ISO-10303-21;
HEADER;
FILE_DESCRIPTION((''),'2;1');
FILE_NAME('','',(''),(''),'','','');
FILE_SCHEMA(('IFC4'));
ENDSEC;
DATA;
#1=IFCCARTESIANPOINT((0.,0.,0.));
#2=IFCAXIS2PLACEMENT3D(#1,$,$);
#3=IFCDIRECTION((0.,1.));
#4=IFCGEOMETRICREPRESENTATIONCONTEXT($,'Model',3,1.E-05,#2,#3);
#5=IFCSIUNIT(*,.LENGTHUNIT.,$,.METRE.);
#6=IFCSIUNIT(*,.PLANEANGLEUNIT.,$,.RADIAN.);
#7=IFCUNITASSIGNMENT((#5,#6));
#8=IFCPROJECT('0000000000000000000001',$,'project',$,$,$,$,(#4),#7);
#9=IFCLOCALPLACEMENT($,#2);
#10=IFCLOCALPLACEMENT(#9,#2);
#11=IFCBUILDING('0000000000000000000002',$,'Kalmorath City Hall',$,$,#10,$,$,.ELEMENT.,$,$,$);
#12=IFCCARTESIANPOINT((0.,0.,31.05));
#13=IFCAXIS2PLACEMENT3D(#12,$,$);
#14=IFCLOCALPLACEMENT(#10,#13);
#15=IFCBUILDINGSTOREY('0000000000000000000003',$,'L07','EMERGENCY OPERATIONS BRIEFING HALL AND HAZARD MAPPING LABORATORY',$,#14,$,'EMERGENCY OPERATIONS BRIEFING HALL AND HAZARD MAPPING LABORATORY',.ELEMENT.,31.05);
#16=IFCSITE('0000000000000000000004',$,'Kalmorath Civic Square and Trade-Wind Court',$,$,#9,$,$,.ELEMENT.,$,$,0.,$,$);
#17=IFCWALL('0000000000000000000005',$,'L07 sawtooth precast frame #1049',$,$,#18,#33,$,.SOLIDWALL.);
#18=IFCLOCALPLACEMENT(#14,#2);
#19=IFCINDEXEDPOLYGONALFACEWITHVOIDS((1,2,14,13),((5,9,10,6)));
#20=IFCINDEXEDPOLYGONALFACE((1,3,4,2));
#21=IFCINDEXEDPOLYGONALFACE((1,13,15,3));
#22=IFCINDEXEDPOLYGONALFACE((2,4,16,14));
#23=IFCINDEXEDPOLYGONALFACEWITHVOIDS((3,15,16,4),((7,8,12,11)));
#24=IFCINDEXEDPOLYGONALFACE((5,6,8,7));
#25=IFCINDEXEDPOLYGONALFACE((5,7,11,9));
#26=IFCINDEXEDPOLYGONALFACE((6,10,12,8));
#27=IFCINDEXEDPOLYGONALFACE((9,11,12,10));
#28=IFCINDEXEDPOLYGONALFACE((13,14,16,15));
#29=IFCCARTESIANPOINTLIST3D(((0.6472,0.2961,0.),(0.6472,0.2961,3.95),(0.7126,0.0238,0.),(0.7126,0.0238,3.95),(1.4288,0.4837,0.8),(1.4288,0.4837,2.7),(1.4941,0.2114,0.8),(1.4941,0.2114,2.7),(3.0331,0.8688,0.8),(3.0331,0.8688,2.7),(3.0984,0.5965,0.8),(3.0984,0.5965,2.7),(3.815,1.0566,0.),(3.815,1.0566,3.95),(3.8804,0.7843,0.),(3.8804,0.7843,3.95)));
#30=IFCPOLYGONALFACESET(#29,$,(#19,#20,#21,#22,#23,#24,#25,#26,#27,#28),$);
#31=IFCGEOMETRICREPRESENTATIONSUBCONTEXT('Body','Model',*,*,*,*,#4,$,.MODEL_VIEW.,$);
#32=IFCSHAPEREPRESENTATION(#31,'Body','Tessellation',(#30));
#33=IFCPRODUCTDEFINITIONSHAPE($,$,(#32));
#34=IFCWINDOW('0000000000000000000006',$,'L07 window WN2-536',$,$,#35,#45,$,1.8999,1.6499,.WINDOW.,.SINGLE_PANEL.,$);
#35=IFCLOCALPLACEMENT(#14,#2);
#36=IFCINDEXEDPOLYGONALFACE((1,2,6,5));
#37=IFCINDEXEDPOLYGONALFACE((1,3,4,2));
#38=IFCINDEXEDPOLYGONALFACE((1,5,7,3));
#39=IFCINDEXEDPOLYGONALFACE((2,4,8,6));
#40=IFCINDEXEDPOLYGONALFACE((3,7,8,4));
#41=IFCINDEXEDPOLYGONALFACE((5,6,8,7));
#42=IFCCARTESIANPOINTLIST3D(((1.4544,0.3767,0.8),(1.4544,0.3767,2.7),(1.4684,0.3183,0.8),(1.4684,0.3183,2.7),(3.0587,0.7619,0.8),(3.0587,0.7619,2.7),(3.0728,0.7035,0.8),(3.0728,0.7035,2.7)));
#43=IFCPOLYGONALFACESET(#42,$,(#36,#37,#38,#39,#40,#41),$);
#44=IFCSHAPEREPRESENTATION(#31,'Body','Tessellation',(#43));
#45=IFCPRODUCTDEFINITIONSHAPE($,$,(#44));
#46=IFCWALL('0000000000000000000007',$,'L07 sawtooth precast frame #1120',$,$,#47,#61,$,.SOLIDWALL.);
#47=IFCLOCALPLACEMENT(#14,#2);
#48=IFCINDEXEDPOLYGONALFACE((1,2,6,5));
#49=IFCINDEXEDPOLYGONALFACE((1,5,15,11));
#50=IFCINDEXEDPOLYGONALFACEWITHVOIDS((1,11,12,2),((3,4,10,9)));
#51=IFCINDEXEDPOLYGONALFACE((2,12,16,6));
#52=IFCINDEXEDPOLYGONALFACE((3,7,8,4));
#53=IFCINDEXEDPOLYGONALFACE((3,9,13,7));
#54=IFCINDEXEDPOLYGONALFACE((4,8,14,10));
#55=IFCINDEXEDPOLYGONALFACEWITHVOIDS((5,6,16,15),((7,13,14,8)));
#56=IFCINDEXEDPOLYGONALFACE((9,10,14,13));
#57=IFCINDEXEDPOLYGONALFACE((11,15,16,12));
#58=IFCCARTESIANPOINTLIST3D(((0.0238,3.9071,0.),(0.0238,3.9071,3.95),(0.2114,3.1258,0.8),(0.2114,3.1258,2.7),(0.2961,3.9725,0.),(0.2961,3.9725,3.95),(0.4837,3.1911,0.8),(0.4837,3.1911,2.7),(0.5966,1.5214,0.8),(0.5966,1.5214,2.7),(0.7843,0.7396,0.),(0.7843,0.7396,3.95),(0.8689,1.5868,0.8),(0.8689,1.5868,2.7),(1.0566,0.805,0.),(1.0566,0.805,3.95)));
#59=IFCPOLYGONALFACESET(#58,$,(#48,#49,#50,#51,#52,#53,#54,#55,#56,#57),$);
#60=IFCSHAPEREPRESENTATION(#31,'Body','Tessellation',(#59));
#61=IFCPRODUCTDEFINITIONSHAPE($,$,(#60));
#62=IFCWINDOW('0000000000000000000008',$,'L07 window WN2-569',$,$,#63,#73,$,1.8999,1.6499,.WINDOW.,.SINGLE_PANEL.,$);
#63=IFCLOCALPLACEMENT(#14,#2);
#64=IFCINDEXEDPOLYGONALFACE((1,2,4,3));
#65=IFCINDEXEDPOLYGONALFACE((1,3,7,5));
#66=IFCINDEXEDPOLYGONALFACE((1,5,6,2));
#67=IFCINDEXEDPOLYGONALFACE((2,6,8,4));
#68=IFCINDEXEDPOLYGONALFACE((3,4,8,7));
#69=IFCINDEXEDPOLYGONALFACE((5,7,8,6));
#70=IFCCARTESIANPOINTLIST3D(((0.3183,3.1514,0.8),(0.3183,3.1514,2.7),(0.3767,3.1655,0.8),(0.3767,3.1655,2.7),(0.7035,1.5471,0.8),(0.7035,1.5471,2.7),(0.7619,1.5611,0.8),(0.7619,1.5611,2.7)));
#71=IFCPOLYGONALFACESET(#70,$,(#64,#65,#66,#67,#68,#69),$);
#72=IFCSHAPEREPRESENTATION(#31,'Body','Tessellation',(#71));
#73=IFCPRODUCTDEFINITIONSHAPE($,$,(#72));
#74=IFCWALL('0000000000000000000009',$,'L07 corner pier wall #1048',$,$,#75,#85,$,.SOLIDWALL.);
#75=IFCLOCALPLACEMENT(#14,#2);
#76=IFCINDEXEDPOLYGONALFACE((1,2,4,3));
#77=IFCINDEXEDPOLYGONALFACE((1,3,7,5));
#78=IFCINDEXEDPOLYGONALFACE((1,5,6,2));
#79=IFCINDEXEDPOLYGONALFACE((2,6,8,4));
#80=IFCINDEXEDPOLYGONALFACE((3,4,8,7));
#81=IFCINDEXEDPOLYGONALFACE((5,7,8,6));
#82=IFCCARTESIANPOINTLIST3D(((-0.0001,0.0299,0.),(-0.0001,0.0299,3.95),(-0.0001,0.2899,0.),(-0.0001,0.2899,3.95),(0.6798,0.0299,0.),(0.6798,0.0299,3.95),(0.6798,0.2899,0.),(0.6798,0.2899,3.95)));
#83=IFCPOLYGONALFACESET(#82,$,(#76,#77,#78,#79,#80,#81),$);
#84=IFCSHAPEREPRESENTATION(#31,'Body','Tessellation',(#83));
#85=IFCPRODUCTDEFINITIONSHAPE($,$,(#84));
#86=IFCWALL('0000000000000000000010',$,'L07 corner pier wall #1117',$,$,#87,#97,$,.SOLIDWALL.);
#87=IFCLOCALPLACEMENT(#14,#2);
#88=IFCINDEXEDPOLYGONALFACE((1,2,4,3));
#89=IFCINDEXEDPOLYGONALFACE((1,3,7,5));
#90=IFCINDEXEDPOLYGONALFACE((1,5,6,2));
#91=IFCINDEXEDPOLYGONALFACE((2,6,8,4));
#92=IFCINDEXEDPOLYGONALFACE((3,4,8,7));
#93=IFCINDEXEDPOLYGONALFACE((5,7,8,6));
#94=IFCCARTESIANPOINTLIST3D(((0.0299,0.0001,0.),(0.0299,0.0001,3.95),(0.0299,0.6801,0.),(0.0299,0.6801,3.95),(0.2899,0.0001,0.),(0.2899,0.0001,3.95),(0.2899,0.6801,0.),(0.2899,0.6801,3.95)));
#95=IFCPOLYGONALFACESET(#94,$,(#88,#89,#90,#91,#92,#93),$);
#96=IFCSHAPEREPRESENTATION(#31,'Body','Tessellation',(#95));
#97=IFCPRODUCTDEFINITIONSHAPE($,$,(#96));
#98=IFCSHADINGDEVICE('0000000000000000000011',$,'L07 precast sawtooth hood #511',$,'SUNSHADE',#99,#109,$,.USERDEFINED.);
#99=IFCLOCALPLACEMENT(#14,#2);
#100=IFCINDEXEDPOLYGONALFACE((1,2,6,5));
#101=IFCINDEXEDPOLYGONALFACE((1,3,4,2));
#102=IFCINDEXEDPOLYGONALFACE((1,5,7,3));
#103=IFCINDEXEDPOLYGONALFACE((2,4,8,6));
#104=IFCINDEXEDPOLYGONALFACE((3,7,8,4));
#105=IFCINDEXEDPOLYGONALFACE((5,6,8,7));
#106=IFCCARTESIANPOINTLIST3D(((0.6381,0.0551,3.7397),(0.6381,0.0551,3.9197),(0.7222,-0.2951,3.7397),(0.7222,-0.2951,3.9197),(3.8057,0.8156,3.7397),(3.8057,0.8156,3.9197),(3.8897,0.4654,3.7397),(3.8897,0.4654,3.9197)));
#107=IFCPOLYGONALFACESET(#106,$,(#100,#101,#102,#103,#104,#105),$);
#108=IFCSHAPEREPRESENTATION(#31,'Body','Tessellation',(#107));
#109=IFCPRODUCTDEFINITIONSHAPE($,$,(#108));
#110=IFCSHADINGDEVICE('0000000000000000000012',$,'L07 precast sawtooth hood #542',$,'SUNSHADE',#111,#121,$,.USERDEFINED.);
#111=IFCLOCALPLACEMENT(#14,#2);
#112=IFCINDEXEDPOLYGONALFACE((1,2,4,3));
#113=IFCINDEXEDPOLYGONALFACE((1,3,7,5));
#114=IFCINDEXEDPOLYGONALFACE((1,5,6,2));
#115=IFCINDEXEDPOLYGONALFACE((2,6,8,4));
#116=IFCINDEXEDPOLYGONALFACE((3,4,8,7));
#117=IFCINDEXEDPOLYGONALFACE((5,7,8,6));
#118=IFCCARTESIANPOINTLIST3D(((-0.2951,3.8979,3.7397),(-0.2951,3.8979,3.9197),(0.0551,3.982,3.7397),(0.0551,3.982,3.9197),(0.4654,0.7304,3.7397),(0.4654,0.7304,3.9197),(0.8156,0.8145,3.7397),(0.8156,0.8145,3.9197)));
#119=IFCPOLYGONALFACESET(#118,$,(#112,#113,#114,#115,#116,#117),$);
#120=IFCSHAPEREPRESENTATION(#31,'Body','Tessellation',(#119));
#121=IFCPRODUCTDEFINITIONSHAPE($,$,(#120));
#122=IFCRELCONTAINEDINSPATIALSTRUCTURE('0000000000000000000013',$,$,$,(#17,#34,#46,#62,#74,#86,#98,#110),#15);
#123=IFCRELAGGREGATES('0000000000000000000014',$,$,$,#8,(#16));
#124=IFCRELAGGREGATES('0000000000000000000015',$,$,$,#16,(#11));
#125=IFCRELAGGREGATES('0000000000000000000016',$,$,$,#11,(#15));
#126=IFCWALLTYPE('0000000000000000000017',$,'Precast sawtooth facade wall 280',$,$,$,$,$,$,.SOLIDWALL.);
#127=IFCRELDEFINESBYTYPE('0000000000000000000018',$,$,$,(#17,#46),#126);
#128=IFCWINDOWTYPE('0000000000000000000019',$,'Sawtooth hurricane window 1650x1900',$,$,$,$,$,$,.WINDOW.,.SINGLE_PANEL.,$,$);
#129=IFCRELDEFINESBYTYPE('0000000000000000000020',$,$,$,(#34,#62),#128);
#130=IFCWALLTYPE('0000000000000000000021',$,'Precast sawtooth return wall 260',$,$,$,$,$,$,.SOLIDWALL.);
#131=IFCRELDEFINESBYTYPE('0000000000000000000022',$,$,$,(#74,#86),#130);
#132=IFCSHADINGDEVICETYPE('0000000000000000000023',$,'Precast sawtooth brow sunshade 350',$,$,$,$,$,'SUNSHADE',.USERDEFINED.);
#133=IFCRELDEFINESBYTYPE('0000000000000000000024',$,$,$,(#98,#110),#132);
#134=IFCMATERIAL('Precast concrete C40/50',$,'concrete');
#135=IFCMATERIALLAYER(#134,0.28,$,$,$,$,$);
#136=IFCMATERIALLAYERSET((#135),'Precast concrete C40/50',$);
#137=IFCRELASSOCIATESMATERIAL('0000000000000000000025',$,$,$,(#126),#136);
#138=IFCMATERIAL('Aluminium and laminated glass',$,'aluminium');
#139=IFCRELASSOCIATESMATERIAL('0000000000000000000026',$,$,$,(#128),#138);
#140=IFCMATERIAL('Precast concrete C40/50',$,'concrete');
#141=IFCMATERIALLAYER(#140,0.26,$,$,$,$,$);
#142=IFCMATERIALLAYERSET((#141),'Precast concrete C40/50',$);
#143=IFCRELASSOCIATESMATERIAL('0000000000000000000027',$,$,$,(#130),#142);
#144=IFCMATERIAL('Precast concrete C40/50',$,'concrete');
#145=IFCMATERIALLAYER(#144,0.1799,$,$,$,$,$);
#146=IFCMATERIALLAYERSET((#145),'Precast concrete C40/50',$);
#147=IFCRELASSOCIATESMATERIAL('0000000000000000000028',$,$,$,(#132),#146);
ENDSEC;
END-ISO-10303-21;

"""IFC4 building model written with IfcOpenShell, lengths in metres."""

from ifc_helpers import new_model, si_unit, direction, frame, frame_2d, origin, origin_2d, place, context, subcontext, project, spatial, rectangle, extrude, material, layer, layer_set, type_object, element, fill, save


model = new_model("IFC4")

# Units and contexts
model_context = context("Model", 3, precision=1e-05, world=origin(), true_north=direction((0.0, 1.0)))
body_context = subcontext(model_context, "Body", "Model", "MODEL_VIEW")
ifc_project = project(units=[si_unit("LENGTHUNIT", "METRE"), si_unit("PLANEANGLEUNIT", "RADIAN")], contexts=[model_context])

# Site, building, storey
site_placement = place(None, origin())
site = spatial("IfcSite", under=ifc_project, at=site_placement, Name="Kalmorath Civic Square and Trade-Wind Court", CompositionType="ELEMENT", RefElevation=0.0)
building_placement = place(site_placement, origin())
building = spatial("IfcBuilding", under=site, at=building_placement, Name="Kalmorath City Hall", CompositionType="ELEMENT")
storey_placement = place(building_placement, frame((0.0, 0.0, 31.05)))
storey = spatial("IfcBuildingStorey", under=building, at=storey_placement, Name="L07", Description="EMERGENCY OPERATIONS BRIEFING HALL AND HAZARD MAPPING LABORATORY", LongName="EMERGENCY OPERATIONS BRIEFING HALL AND HAZARD MAPPING LABORATORY", CompositionType="ELEMENT", Elevation=31.05)

# Walls, openings, windows
ifc_material_1 = material(Name="Precast concrete C40/50", Category="concrete")
ifc_layer_1 = layer(ifc_material_1, 0.28)
ifc_layer_set_1 = layer_set([ifc_layer_1], Name="Precast concrete C40/50")
wall_type_1 = type_object("IfcWallType", Name="Precast sawtooth facade wall 280", PredefinedType="SOLIDWALL", material=ifc_layer_set_1)
wall_1_placement = place(storey_placement, frame((0.6799, 0.1599, 0.0), z_axis=(0.0, 0.0, 1.0), x_axis=(0.97237, 0.233444, 0.0)))
wall_1 = element("IfcWall", 1, at=wall_1_placement, inside=storey, type_object=wall_type_1, Name="L07 sawtooth precast frame #1049", PredefinedType="SOLIDWALL", context=body_context, shape_type="SweptSolid", body=[
    extrude(rectangle(XDim=3.2578, YDim=0.28, at=frame_2d((1.6289, 0.0))), origin(), (0.0, 0.0, 1.0), 3.95),
])
opening_1_placement = place(wall_1_placement, frame((0.8037, 0.0, 0.8)))
opening_1 = element("IfcOpeningElement", 2, at=opening_1_placement, cuts=wall_1, PredefinedType="OPENING", context=body_context, shape_type="SweptSolid", body=[
    extrude(rectangle(XDim=1.6499, YDim=1.8999, at=frame_2d((0.825, 0.95))), frame((0.0, 0.1499, 0.0), z_axis=(0.0, -1.0, 0.0), x_axis=(1.0, 0.0, 0.0)), (0.0, 0.0, 1.0), 0.3),
])
ifc_material_2 = material(Name="Aluminium and laminated glass", Category="aluminium")
window_type = type_object("IfcWindowType", Name="Sawtooth hurricane window 1650x1900", PartitioningType="SINGLE_PANEL", PredefinedType="WINDOW", material=ifc_material_2)
window_1_placement = place(opening_1_placement, origin())
window_1 = element("IfcWindow", 3, at=window_1_placement, inside=storey, type_object=window_type, Name="L07 window WN2-536", OverallHeight=1.8999, OverallWidth=1.6499, PartitioningType="SINGLE_PANEL", PredefinedType="WINDOW", context=body_context, shape_type="SweptSolid", body=[
    extrude(rectangle(XDim=1.6499, YDim=1.8999, at=frame_2d((0.825, 0.95))), frame((0.0, 0.03, 0.0), z_axis=(0.0, -1.0, 0.0), x_axis=(1.0, 0.0, 0.0)), (0.0, 0.0, 1.0), 0.0601),
])
fill(opening_1, window_1)
wall_2_placement = place(storey_placement, frame((0.1599, 3.9399, 0.0), z_axis=(0.0, 0.0, 1.0), x_axis=(0.233461, -0.972366, 0.0)))
wall_2 = element("IfcWall", 4, at=wall_2_placement, inside=storey, type_object=wall_type_1, Name="L07 sawtooth precast frame #1120", PredefinedType="SOLIDWALL", context=body_context, shape_type="SweptSolid", body=[
    extrude(rectangle(XDim=3.2576, YDim=0.28, at=frame_2d((1.6289, 0.0))), origin(), (0.0, 0.0, 1.0), 3.95),
])
opening_2_placement = place(wall_2_placement, frame((0.8037, 0.0, 0.8)))
opening_2 = element("IfcOpeningElement", 5, at=opening_2_placement, cuts=wall_2, PredefinedType="OPENING", context=body_context, shape_type="SweptSolid", body=[
    extrude(rectangle(XDim=1.6499, YDim=1.8999, at=frame_2d((0.825, 0.95))), frame((0.0, 0.1499, 0.0), z_axis=(0.0, -1.0, 0.0), x_axis=(1.0, 0.0, 0.0)), (0.0, 0.0, 1.0), 0.3),
])
window_2_placement = place(opening_2_placement, origin())
window_2 = element("IfcWindow", 6, at=window_2_placement, inside=storey, type_object=window_type, Name="L07 window WN2-569", OverallHeight=1.8999, OverallWidth=1.6499, PartitioningType="SINGLE_PANEL", PredefinedType="WINDOW", context=body_context, shape_type="SweptSolid", body=[
    extrude(rectangle(XDim=1.6499, YDim=1.8999, at=frame_2d((0.825, 0.95))), frame((0.0, 0.03, 0.0), z_axis=(0.0, -1.0, 0.0), x_axis=(1.0, 0.0, 0.0)), (0.0, 0.0, 1.0), 0.0601),
])
fill(opening_2, window_2)

# Walls
ifc_material_3 = material(Name="Precast concrete C40/50", Category="concrete")
ifc_layer_2 = layer(ifc_material_3, 0.26)
ifc_layer_set_2 = layer_set([ifc_layer_2], Name="Precast concrete C40/50")
wall_type_2 = type_object("IfcWallType", Name="Precast sawtooth return wall 260", PredefinedType="SOLIDWALL", material=ifc_layer_set_2)
for number, where, z_axis, x_axis, name in (
    (7, (0.0, 0.1599, 0.0), (0.0, 0.0, 1.0), (1.0, 0.0, 0.0), "L07 corner pier wall #1048"),
    (8, (0.1599, 0.6799, 0.0), (0.0, 0.0, 1.0), (0.0, -1.0, 0.0), "L07 corner pier wall #1117"),
):
    element("IfcWall", number, at=place(storey_placement, frame(where, z_axis=z_axis, x_axis=x_axis)), inside=storey, type_object=wall_type_2, Name=name, PredefinedType="SOLIDWALL", context=body_context, shape_type="SweptSolid", body=[
        extrude(rectangle(XDim=0.6799, YDim=0.26, at=frame_2d((0.3398, 0.0))), origin(), (0.0, 0.0, 1.0), 3.95),
    ])

# Shading devices
ifc_material_4 = material(Name="Precast concrete C40/50", Category="concrete")
ifc_layer_3 = layer(ifc_material_4, 0.1799)
ifc_layer_set_3 = layer_set([ifc_layer_3], Name="Precast concrete C40/50")
shading_device_type = type_object("IfcShadingDeviceType", Name="Precast sawtooth brow sunshade 350", ElementType="SUNSHADE", PredefinedType="USERDEFINED", material=ifc_layer_set_3)
for number, where, z_axis, x_axis, name in (
    (9, (2.2639, 0.2603, 3.7397), (0.0, 0.0, 1.0), (0.972366, 0.233462, 0.0), "L07 precast sawtooth hood #511"),
    (10, (0.2603, 2.3562, 3.7397), (0.0, 0.0, 1.0), (0.233462, -0.972366, 0.0), "L07 precast sawtooth hood #542"),
):
    element("IfcShadingDevice", number, at=place(storey_placement, frame(where, z_axis=z_axis, x_axis=x_axis)), inside=storey, type_object=shading_device_type, Name=name, ObjectType="SUNSHADE", PredefinedType="USERDEFINED", context=body_context, shape_type="SweptSolid", body=[
        extrude(rectangle(XDim=3.2576, YDim=0.3601, at=origin_2d()), origin(), (0.0, 0.0, 1.0), 0.1799),
    ])

save(model, "model.ifc")
